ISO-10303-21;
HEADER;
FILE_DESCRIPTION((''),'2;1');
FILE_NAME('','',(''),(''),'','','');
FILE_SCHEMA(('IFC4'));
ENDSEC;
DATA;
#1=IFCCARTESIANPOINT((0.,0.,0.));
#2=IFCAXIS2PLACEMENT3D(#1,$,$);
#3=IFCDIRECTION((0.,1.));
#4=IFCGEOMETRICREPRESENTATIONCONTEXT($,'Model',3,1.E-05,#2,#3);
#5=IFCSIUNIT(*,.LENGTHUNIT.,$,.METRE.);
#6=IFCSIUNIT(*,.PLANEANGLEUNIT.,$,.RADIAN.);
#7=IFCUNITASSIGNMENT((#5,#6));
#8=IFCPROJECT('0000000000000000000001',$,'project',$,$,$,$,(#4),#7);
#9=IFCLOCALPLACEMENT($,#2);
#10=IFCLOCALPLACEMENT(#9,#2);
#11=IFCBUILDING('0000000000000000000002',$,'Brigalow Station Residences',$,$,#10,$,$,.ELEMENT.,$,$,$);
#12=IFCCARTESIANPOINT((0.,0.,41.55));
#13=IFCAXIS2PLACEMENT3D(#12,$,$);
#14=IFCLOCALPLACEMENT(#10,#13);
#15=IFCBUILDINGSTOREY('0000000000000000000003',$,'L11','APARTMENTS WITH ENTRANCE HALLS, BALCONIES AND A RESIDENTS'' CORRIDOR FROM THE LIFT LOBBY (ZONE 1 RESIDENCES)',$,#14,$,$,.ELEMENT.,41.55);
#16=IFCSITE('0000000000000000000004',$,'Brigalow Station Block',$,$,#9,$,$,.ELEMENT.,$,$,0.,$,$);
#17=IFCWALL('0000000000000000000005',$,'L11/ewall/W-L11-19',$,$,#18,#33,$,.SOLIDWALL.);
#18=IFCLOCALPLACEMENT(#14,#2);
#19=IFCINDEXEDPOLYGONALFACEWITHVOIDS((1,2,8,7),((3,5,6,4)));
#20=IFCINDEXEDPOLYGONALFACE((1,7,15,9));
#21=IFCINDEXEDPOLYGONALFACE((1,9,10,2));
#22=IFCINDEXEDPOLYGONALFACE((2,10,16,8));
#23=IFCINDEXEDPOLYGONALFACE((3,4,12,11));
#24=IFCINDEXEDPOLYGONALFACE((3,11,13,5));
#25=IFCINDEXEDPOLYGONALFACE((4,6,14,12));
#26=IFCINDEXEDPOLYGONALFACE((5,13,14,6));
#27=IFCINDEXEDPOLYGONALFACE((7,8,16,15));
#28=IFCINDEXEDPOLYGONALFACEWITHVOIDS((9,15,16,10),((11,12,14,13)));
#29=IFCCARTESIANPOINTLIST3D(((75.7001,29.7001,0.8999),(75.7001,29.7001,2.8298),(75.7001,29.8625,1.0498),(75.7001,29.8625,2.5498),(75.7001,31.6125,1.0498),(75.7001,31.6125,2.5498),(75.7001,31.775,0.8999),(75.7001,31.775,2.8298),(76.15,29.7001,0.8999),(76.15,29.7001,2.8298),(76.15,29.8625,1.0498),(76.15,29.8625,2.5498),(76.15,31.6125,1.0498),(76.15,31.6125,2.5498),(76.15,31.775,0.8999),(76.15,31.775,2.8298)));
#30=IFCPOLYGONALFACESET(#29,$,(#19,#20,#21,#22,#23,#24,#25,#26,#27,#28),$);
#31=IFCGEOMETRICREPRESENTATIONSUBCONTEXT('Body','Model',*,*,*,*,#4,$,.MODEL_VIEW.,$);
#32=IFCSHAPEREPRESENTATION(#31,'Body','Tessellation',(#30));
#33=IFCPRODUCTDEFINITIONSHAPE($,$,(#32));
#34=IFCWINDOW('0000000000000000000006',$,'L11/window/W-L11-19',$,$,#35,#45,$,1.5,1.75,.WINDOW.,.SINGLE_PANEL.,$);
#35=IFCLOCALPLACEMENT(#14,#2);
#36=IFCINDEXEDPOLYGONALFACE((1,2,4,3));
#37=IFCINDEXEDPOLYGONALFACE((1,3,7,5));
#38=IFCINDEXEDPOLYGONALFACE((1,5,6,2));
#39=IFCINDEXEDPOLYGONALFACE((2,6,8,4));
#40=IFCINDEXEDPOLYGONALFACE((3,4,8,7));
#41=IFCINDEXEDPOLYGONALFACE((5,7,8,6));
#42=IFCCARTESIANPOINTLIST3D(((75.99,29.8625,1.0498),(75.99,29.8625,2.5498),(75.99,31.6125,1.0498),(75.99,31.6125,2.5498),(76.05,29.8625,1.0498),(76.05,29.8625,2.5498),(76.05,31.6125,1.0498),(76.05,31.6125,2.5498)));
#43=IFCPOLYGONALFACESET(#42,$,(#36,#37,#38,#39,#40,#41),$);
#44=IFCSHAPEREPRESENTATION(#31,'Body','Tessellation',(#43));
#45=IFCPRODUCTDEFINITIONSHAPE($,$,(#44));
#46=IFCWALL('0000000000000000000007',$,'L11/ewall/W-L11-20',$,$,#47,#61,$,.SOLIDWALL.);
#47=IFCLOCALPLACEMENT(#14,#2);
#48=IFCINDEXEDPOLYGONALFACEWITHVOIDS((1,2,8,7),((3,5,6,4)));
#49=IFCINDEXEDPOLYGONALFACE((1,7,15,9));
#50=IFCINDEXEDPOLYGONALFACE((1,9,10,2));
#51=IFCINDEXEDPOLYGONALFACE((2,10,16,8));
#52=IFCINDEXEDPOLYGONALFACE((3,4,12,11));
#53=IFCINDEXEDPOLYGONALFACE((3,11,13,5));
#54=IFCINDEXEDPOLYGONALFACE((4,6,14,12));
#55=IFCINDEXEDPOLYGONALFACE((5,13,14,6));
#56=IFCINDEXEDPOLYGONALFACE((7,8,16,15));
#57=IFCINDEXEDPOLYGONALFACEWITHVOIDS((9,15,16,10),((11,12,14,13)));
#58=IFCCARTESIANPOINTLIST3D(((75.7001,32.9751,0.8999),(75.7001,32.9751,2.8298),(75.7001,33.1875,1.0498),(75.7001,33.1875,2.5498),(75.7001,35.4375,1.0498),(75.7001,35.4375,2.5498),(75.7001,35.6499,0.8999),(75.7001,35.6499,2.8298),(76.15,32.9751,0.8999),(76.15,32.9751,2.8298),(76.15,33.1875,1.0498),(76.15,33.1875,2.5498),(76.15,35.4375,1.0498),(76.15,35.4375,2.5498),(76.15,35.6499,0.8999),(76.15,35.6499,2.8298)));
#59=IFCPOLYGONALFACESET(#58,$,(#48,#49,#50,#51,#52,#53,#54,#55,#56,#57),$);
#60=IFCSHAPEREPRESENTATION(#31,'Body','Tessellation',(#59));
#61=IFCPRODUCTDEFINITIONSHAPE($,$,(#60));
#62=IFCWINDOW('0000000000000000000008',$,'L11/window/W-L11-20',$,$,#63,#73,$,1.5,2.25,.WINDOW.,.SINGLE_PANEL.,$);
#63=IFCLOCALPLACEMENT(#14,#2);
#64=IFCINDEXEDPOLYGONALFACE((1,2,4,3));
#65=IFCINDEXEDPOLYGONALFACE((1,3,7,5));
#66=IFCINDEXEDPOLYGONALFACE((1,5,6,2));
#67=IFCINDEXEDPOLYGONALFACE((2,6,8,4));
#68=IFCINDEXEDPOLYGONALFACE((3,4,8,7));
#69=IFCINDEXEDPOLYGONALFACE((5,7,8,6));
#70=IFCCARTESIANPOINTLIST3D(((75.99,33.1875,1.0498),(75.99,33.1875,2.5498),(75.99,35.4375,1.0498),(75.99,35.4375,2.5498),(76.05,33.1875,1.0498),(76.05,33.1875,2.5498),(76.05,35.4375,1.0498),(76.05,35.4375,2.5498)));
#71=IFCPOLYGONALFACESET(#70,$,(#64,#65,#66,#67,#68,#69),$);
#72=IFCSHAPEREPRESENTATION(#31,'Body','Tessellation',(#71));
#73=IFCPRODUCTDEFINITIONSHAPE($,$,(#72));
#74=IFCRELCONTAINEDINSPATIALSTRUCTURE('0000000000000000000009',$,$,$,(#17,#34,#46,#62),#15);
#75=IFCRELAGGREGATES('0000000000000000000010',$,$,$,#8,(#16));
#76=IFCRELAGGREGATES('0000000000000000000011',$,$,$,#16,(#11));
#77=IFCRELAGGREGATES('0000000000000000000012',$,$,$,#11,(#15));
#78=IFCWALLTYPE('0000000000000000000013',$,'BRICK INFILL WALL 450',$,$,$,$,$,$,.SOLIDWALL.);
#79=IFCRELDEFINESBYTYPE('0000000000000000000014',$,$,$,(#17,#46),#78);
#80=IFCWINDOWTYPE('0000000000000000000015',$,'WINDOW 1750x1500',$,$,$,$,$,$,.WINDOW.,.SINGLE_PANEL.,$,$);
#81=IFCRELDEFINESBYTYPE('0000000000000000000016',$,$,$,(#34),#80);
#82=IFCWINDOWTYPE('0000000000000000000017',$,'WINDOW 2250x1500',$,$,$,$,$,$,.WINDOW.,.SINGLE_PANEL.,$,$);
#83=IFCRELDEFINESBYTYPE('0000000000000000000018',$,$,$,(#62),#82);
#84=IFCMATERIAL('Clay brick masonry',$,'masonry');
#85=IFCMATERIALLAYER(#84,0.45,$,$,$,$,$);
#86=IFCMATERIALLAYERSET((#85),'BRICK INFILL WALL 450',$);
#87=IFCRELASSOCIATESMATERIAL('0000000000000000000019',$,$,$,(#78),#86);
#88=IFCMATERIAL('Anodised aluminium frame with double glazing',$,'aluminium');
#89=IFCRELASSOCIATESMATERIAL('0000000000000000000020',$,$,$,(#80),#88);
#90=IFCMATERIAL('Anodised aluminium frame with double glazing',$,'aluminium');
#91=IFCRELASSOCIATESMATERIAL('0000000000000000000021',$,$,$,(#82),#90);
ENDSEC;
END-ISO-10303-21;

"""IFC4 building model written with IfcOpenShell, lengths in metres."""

from ifc_helpers import new_model, si_unit, direction, frame, frame_2d, origin, place, context, subcontext, project, spatial, rectangle, extrude, material, layer, layer_set, type_object, element, fill, save


model = new_model("IFC4")

# Units and contexts
model_context = context("Model", 3, precision=1e-05, world=origin(), true_north=direction((0.0, 1.0)))
body_context = subcontext(model_context, "Body", "Model", "MODEL_VIEW")
ifc_project = project(units=[si_unit("LENGTHUNIT", "METRE"), si_unit("PLANEANGLEUNIT", "RADIAN")], contexts=[model_context])

# Site, building, storey
site_placement = place(None, origin())
site = spatial("IfcSite", under=ifc_project, at=site_placement, Name="Brigalow Station Block", CompositionType="ELEMENT", RefElevation=0.0)
building_placement = place(site_placement, origin())
building = spatial("IfcBuilding", under=site, at=building_placement, Name="Brigalow Station Residences", CompositionType="ELEMENT")
storey_placement = place(building_placement, frame((0.0, 0.0, 41.55)))
storey = spatial("IfcBuildingStorey", under=building, at=storey_placement, Name="L11", Description="APARTMENTS WITH ENTRANCE HALLS, BALCONIES AND A RESIDENTS' CORRIDOR FROM THE LIFT LOBBY (ZONE 1 RESIDENCES)", CompositionType="ELEMENT", Elevation=41.55)

# Shared definitions
ifc_material_1 = material(Name="Clay brick masonry", Category="masonry")
ifc_layer = layer(ifc_material_1, 0.45)
ifc_layer_set = layer_set([ifc_layer], Name="BRICK INFILL WALL 450")
wall_type = type_object("IfcWallType", Name="BRICK INFILL WALL 450", PredefinedType="SOLIDWALL", material=ifc_layer_set)

# Walls, openings, windows
wall_1_placement = place(storey_placement, frame((75.925, 29.7, 0.8999), z_axis=(0.0, 0.0, 1.0), x_axis=(0.0, 1.0, 0.0)))
wall_1 = element("IfcWall", 1, at=wall_1_placement, inside=storey, type_object=wall_type, Name="L11/ewall/W-L11-19", PredefinedType="SOLIDWALL", context=body_context, shape_type="SweptSolid", body=[
    extrude(rectangle(XDim=2.075, YDim=0.45, at=frame_2d((1.0376, 0.0))), origin(), (0.0, 0.0, 1.0), 1.9299),
])
opening_1_placement = place(wall_1_placement, frame((0.1626, 0.0, 0.1499)))
opening_1 = element("IfcOpeningElement", 2, at=opening_1_placement, cuts=wall_1, PredefinedType="OPENING", context=body_context, shape_type="SweptSolid", body=[
    extrude(rectangle(XDim=1.75, YDim=1.5, at=frame_2d((0.875, 0.75))), frame((0.0, 0.2349, 0.0), z_axis=(0.0, -1.0, 0.0), x_axis=(1.0, 0.0, 0.0)), (0.0, 0.0, 1.0), 0.47),
])
ifc_material_2 = material(Name="Anodised aluminium frame with double glazing", Category="aluminium")
window_type_1 = type_object("IfcWindowType", Name="WINDOW 1750x1500", PartitioningType="SINGLE_PANEL", PredefinedType="WINDOW", material=ifc_material_2)
window_1_placement = place(opening_1_placement, origin())
window_1 = element("IfcWindow", 3, at=window_1_placement, inside=storey, type_object=window_type_1, Name="L11/window/W-L11-19", OverallHeight=1.5, OverallWidth=1.75, PartitioningType="SINGLE_PANEL", PredefinedType="WINDOW", context=body_context, shape_type="SweptSolid", body=[
    extrude(rectangle(XDim=1.75, YDim=1.5, at=frame_2d((0.875, 0.75))), frame((0.0, -0.0649, 0.0), z_axis=(0.0, -1.0, 0.0), x_axis=(1.0, 0.0, 0.0)), (0.0, 0.0, 1.0), 0.0601),
])
fill(opening_1, window_1)
wall_2_placement = place(storey_placement, frame((75.925, 32.9751, 0.8999), z_axis=(0.0, 0.0, 1.0), x_axis=(0.0, 1.0, 0.0)))
wall_2 = element("IfcWall", 4, at=wall_2_placement, inside=storey, type_object=wall_type, Name="L11/ewall/W-L11-20", PredefinedType="SOLIDWALL", context=body_context, shape_type="SweptSolid", body=[
    extrude(rectangle(XDim=2.6748, YDim=0.45, at=frame_2d((1.3374, 0.0))), origin(), (0.0, 0.0, 1.0), 1.9299),
])
opening_2_placement = place(wall_2_placement, frame((0.2124, 0.0, 0.1499)))
opening_2 = element("IfcOpeningElement", 5, at=opening_2_placement, cuts=wall_2, PredefinedType="OPENING", context=body_context, shape_type="SweptSolid", body=[
    extrude(rectangle(XDim=2.25, YDim=1.5, at=frame_2d((1.125, 0.75))), frame((0.0, 0.2349, 0.0), z_axis=(0.0, -1.0, 0.0), x_axis=(1.0, 0.0, 0.0)), (0.0, 0.0, 1.0), 0.47),
])
ifc_material_3 = material(Name="Anodised aluminium frame with double glazing", Category="aluminium")
window_type_2 = type_object("IfcWindowType", Name="WINDOW 2250x1500", PartitioningType="SINGLE_PANEL", PredefinedType="WINDOW", material=ifc_material_3)
window_2_placement = place(opening_2_placement, origin())
window_2 = element("IfcWindow", 6, at=window_2_placement, inside=storey, type_object=window_type_2, Name="L11/window/W-L11-20", OverallHeight=1.5, OverallWidth=2.25, PartitioningType="SINGLE_PANEL", PredefinedType="WINDOW", context=body_context, shape_type="SweptSolid", body=[
    extrude(rectangle(XDim=2.25, YDim=1.5, at=frame_2d((1.125, 0.75))), frame((0.0, -0.0649, 0.0), z_axis=(0.0, -1.0, 0.0), x_axis=(1.0, 0.0, 0.0)), (0.0, 0.0, 1.0), 0.0601),
])
fill(opening_2, window_2)

save(model, "model.ifc")
